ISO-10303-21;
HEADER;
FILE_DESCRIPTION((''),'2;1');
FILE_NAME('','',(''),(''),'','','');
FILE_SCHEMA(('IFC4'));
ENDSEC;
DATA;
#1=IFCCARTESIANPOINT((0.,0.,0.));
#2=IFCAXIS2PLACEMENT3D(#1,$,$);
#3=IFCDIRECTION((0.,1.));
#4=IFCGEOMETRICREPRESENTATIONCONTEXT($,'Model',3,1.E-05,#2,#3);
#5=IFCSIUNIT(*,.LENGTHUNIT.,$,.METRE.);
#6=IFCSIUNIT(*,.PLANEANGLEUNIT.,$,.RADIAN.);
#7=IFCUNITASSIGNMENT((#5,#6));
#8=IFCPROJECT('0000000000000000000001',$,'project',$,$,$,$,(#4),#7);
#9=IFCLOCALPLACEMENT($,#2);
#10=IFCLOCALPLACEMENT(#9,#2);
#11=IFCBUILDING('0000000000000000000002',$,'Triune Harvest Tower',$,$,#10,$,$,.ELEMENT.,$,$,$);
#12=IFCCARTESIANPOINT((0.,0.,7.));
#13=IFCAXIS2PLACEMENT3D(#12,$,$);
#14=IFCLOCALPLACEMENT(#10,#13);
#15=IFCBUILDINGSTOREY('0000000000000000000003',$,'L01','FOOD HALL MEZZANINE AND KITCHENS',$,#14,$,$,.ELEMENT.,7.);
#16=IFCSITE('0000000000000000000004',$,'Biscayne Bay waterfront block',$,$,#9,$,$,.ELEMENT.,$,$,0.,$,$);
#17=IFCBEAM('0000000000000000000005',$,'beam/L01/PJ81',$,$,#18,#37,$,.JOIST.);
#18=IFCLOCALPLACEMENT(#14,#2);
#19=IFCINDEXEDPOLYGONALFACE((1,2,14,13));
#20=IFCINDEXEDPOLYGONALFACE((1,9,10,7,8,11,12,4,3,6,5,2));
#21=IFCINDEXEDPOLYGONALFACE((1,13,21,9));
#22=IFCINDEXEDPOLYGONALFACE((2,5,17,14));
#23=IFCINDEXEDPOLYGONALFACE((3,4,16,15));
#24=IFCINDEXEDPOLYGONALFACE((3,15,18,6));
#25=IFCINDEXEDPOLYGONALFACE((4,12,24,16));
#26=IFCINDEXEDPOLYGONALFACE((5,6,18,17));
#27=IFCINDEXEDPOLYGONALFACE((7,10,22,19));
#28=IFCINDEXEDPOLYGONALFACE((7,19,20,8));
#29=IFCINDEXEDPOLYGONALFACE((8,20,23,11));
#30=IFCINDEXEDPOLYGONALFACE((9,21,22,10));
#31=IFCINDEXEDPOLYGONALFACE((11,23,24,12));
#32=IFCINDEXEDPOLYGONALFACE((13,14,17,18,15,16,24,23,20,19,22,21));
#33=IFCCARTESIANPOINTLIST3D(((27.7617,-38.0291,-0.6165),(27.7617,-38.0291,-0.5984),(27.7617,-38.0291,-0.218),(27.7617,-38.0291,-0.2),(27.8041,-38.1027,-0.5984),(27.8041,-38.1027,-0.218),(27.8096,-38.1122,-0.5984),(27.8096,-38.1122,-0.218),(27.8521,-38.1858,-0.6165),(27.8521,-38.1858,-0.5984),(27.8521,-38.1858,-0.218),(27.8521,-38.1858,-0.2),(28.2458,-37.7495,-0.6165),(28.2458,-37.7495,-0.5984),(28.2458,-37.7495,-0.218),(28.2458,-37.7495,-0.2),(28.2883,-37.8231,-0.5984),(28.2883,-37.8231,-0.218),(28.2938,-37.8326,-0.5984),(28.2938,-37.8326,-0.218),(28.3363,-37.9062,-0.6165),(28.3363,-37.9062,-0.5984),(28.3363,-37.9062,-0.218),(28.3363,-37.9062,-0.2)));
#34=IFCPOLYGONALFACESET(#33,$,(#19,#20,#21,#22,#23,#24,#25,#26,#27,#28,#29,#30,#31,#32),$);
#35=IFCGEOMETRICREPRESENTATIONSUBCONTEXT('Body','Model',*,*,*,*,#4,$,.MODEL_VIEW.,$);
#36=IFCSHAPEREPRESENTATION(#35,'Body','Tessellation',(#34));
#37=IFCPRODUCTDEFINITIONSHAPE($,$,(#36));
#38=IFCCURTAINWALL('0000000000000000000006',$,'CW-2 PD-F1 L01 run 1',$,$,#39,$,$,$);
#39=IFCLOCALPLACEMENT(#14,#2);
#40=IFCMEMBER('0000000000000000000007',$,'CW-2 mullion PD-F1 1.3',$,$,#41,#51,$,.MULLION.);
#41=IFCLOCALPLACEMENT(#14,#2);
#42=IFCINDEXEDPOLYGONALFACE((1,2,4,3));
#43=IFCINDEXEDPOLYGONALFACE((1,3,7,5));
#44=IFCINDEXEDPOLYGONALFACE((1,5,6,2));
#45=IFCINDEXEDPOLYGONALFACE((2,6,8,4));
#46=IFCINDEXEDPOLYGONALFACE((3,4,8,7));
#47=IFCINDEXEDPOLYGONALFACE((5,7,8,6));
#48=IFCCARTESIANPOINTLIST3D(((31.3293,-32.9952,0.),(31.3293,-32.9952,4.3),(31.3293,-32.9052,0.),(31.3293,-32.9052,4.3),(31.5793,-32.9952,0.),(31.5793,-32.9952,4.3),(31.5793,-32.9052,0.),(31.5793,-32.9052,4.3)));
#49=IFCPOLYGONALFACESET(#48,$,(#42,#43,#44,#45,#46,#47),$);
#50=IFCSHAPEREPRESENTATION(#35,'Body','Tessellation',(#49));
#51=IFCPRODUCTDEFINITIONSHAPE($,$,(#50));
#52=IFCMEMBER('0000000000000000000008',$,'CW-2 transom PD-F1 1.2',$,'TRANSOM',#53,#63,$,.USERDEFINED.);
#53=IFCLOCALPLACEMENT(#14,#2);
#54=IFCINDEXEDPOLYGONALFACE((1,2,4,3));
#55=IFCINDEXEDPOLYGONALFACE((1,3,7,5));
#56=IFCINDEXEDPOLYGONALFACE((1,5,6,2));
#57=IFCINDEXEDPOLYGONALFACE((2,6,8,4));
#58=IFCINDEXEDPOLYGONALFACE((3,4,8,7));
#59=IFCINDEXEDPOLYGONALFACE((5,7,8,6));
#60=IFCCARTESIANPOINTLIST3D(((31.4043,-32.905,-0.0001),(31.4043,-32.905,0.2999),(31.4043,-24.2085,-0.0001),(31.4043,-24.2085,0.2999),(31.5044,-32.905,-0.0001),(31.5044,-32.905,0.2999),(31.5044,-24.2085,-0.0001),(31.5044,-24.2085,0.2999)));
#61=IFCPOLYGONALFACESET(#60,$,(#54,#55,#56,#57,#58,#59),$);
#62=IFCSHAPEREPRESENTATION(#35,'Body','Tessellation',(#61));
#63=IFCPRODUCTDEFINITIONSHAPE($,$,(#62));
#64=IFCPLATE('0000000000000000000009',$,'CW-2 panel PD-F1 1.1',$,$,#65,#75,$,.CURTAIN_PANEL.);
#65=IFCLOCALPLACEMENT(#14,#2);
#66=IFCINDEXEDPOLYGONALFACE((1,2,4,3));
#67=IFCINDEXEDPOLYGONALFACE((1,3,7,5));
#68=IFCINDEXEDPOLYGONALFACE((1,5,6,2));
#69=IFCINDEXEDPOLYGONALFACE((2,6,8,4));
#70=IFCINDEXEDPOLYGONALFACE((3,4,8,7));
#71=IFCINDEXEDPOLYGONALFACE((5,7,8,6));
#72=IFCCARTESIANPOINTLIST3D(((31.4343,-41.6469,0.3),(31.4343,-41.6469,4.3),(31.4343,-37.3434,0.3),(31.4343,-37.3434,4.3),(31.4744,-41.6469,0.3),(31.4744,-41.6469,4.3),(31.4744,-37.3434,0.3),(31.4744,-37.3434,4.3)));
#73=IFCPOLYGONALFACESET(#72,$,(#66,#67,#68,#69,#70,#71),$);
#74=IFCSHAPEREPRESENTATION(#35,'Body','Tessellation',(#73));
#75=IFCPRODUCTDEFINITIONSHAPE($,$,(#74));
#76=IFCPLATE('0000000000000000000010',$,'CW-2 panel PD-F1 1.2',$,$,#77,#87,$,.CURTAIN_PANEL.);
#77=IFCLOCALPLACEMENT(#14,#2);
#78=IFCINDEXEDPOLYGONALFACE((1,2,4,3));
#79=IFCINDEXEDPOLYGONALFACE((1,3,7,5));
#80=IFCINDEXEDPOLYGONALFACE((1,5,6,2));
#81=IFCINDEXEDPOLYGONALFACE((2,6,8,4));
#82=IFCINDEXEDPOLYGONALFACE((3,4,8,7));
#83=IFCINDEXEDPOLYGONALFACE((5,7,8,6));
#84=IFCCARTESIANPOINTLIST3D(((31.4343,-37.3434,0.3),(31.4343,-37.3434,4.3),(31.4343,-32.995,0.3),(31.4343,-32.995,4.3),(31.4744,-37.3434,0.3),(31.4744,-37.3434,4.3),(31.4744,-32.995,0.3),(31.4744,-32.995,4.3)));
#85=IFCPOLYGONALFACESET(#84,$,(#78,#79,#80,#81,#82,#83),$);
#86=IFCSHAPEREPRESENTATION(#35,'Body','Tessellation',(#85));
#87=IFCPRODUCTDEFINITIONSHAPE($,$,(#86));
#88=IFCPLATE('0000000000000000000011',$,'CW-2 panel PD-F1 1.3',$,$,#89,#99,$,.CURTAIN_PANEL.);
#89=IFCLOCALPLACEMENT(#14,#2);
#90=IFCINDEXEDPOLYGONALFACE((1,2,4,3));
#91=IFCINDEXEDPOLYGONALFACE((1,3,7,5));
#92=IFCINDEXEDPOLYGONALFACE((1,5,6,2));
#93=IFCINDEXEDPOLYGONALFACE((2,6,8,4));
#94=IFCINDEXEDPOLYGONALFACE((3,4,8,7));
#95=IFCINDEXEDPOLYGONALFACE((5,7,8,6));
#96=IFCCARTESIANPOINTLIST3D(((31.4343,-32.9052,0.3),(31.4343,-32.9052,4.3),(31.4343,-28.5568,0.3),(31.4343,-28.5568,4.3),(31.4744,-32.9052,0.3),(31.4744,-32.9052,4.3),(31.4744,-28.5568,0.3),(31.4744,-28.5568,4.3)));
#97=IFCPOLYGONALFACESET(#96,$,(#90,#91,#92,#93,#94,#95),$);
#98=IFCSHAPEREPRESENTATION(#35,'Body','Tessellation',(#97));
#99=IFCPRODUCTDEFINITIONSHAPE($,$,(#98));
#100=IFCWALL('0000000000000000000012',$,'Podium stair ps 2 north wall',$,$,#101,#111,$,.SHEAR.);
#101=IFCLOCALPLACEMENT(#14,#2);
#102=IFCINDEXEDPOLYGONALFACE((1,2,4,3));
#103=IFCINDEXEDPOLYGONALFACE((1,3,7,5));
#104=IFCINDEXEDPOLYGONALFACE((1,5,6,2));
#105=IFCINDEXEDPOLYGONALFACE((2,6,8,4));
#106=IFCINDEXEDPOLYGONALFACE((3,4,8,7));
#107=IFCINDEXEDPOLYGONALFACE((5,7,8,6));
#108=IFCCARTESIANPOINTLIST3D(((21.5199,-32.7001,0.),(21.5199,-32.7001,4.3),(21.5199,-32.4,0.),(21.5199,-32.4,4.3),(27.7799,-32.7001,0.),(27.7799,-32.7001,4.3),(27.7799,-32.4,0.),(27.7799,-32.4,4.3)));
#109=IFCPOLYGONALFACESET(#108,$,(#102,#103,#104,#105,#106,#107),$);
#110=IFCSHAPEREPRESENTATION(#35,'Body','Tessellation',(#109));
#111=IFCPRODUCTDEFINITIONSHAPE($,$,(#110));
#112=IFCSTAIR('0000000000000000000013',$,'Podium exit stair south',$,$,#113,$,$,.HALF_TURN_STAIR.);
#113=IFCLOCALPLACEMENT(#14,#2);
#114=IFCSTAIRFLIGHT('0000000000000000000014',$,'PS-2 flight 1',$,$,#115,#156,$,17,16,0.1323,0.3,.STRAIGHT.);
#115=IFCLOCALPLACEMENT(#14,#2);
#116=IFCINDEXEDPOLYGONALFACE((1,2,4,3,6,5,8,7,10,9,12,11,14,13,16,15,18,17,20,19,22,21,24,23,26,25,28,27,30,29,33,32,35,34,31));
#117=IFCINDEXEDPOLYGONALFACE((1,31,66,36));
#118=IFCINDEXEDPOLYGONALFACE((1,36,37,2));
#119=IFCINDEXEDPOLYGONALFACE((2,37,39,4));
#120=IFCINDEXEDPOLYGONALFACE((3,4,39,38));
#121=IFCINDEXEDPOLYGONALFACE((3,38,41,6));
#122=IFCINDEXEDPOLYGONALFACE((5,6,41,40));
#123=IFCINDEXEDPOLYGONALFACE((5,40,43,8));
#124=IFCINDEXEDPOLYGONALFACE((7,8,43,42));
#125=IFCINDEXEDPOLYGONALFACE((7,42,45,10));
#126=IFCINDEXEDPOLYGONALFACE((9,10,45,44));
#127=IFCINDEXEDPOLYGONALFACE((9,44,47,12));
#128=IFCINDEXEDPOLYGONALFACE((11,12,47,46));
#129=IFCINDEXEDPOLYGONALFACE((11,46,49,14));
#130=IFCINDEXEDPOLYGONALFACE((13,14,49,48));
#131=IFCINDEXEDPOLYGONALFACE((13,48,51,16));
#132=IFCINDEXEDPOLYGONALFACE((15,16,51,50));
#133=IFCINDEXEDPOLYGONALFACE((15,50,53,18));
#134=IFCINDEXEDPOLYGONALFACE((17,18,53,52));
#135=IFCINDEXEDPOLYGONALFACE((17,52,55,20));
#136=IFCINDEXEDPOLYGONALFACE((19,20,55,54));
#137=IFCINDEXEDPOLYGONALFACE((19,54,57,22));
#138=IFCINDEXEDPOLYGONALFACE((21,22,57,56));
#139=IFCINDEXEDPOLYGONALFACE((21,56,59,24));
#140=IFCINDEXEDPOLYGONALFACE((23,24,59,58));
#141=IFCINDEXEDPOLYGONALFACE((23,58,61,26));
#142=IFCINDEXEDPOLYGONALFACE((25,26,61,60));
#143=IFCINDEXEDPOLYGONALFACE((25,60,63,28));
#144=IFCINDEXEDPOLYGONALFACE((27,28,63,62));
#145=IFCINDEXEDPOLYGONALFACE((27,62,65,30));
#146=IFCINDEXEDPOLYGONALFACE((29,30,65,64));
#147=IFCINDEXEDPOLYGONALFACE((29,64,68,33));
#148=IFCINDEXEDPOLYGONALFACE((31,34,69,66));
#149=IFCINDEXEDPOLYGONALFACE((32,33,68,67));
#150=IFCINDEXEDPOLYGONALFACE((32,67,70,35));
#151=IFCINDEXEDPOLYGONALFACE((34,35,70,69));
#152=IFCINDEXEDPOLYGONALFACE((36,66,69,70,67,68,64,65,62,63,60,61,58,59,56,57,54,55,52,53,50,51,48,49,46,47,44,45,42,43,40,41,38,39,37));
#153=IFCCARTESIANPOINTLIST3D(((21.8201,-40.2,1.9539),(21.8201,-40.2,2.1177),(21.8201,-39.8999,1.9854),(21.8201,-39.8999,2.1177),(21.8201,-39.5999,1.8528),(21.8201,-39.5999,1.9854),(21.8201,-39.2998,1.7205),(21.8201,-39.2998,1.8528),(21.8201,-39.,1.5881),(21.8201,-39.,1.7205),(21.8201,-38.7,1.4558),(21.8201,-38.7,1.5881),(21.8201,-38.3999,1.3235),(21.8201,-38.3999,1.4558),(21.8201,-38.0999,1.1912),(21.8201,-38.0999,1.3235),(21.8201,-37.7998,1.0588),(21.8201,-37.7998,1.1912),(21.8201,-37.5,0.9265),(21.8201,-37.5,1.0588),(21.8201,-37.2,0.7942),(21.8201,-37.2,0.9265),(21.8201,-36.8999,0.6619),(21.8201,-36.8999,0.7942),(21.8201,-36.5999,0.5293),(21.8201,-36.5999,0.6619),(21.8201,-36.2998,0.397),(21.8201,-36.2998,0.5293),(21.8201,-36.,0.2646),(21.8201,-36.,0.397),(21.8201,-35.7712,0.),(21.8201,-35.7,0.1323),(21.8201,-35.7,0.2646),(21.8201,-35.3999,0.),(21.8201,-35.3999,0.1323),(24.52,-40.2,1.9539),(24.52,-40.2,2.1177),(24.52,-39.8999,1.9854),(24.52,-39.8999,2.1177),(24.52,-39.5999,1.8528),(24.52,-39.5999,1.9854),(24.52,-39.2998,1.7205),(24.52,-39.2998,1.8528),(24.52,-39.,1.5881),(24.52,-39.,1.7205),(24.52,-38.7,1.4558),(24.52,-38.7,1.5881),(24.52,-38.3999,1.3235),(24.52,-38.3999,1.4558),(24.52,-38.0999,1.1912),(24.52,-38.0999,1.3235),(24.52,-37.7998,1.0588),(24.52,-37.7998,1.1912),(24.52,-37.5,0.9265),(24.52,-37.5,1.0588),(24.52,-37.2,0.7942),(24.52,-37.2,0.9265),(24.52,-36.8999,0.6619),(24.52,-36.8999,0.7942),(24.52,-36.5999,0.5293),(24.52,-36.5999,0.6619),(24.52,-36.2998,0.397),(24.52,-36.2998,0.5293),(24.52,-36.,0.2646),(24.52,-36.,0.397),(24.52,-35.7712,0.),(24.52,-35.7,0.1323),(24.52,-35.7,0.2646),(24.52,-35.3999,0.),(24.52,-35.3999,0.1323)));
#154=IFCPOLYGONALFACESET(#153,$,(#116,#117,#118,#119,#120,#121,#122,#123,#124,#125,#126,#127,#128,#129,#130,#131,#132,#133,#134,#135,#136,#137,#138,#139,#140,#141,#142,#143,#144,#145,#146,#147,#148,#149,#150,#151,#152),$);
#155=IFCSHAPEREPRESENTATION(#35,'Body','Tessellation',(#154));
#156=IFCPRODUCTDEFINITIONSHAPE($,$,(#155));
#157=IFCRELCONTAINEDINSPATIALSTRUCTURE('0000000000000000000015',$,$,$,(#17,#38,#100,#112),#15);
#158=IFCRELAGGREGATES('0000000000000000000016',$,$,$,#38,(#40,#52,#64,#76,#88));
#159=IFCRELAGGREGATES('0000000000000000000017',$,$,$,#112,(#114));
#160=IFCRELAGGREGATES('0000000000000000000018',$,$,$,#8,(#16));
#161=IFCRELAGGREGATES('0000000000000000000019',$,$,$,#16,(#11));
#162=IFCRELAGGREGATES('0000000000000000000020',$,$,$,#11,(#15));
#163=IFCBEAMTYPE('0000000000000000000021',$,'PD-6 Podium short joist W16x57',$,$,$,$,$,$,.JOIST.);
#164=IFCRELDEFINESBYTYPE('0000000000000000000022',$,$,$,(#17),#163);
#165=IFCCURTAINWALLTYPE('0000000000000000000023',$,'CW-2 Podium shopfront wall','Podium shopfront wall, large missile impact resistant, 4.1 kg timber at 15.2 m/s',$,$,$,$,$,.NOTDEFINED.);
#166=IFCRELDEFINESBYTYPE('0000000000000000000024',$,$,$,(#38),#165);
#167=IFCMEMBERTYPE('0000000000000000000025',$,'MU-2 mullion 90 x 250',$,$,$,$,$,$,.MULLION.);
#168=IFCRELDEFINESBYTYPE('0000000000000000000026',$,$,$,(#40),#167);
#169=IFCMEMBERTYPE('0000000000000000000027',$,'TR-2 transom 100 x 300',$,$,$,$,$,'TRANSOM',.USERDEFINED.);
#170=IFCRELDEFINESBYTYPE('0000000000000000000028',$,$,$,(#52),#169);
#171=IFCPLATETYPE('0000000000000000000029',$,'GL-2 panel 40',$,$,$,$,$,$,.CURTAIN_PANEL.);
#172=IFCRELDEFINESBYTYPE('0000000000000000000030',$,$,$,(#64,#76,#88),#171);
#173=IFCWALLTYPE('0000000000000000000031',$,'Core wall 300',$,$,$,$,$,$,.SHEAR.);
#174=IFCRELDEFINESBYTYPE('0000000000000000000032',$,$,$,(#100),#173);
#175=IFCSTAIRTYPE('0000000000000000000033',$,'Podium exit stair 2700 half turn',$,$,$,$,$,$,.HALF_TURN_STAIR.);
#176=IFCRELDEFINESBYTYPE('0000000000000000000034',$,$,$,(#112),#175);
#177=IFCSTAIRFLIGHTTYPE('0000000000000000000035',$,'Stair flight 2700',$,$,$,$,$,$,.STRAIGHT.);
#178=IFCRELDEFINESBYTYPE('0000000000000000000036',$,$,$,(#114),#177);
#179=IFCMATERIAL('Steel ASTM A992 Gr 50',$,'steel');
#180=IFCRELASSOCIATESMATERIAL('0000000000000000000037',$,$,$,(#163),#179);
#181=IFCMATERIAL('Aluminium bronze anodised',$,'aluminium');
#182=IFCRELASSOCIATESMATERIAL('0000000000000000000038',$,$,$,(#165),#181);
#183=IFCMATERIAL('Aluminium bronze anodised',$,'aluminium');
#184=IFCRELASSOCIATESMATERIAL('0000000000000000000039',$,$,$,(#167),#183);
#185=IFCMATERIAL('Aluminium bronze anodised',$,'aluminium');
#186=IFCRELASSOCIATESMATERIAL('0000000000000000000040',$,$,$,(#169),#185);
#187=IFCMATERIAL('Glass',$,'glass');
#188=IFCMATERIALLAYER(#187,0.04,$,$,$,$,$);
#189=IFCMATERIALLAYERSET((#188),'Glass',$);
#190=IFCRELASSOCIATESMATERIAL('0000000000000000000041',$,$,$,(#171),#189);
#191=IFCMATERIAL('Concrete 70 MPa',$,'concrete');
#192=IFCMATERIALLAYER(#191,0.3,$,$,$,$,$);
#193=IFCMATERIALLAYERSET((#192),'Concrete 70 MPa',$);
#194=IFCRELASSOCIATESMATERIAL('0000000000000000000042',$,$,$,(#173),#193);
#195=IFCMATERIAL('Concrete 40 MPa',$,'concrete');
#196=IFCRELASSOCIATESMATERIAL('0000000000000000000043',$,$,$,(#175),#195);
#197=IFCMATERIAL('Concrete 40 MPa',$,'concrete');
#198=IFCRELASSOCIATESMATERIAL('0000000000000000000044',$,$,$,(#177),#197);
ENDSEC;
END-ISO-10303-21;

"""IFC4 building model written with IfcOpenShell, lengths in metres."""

from ifc_helpers import new_model, si_unit, direction, frame, frame_2d, origin, origin_2d, place, context, subcontext, project, spatial, polyline, rectangle, i_section, outline, extrude, source, transform, mapped, material, layer, layer_set, material_profile, profile_set, type_object, element, aggregate, save


model = new_model("IFC4")

# Units and contexts
model_context = context("Model", 3, precision=1e-05, world=origin(), true_north=direction((0.0, 1.0)))
body_context = subcontext(model_context, "Body", "Model", "MODEL_VIEW")
ifc_project = project(units=[si_unit("LENGTHUNIT", "METRE"), si_unit("PLANEANGLEUNIT", "RADIAN")], contexts=[model_context])

# Site, building, storey
site_placement = place(None, origin())
site = spatial("IfcSite", under=ifc_project, at=site_placement, Name="Biscayne Bay waterfront block", CompositionType="ELEMENT", RefElevation=0.0)
building_placement = place(site_placement, origin())
building = spatial("IfcBuilding", under=site, at=building_placement, Name="Triune Harvest Tower", CompositionType="ELEMENT")
storey_placement = place(building_placement, frame((0.0, 0.0, 7.0)))
storey = spatial("IfcBuildingStorey", under=building, at=storey_placement, Name="L01", Description="FOOD HALL MEZZANINE AND KITCHENS", CompositionType="ELEMENT", Elevation=7.0)

# Beam
ifc_material_1 = material(Name="Steel ASTM A992 Gr 50", Category="steel")
ifc_material_profile_1 = material_profile(ifc_material_1, i_section(OverallWidth=0.1809, OverallDepth=0.4165, WebThickness=0.011, FlangeThickness=0.0181, at=origin_2d()), Name="W16x57")
ifc_profile_set_1 = profile_set([ifc_material_profile_1], Name="Steel ASTM A992 Gr 50")
beam_type_1 = type_object("IfcBeamType", Name="PD-6 Podium short joist W16x57", PredefinedType="JOIST", material=ifc_profile_set_1)
shared_shape_1 = source(origin(), body_context, "Body", "SweptSolid", [
    extrude(i_section(OverallWidth=0.1809, OverallDepth=0.4165, WebThickness=0.011, FlangeThickness=0.0181, at=origin_2d()), origin(), (0.0, 0.0, 1.0), 0.5591),
])
beam_1_placement = place(storey_placement, frame((27.8069, -38.1074, -0.4082), z_axis=(0.866004, 0.500037, 0.0), x_axis=(-0.500037, 0.866004, 0.0)))
element("IfcBeam", 1, at=beam_1_placement, inside=storey, type_object=beam_type_1, Name="beam/L01/PJ81", PredefinedType="JOIST", context=body_context, shape_type="MappedRepresentation", body=[
    mapped(shared_shape_1, transform((0.0, 0.0, 0.0), scale=1.0)),
])

# Curtain wall, members, plates
ifc_material_2 = material(Name="Aluminium bronze anodised", Category="aluminium")
curtain_wall_type = type_object("IfcCurtainWallType", Name="CW-2 Podium shopfront wall", Description="Podium shopfront wall, large missile impact resistant, 4.1 kg timber at 15.2 m/s", PredefinedType="NOTDEFINED", material=ifc_material_2)
curtain_wall_placement = place(storey_placement, origin())
curtain_wall = element("IfcCurtainWall", 2, at=curtain_wall_placement, inside=storey, type_object=curtain_wall_type, Name="CW-2 PD-F1 L01 run 1")
ifc_material_3 = material(Name="Aluminium bronze anodised", Category="aluminium")
ifc_material_profile_2 = material_profile(ifc_material_3, rectangle(XDim=0.25, YDim=0.0901, at=origin_2d()), Name="MU-2 mullion 90 x 250")
ifc_profile_set_2 = profile_set([ifc_material_profile_2], Name="Aluminium bronze anodised")
member_type_1 = type_object("IfcMemberType", Name="MU-2 mullion 90 x 250", PredefinedType="MULLION", material=ifc_profile_set_2)
shared_shape_2 = source(origin(), body_context, "Body", "SweptSolid", [
    extrude(rectangle(XDim=0.25, YDim=0.0901, at=origin_2d()), origin(), (0.0, 0.0, 1.0), 4.3),
])
member_1_placement = place(storey_placement, frame((31.4543, -32.9502, 0.0), z_axis=(0.0, 0.0, 1.0), x_axis=(-1.0, 0.0, 0.0)))
member_1 = element("IfcMember", 3, at=member_1_placement, type_object=member_type_1, Name="CW-2 mullion PD-F1 1.3", PredefinedType="MULLION", context=body_context, shape_type="MappedRepresentation", body=[
    mapped(shared_shape_2, transform((0.0, 0.0, 0.0), scale=1.0)),
])
ifc_material_4 = material(Name="Aluminium bronze anodised", Category="aluminium")
ifc_material_profile_3 = material_profile(ifc_material_4, rectangle(XDim=0.1001, YDim=0.3, at=origin_2d()), Name="TR-2 transom 100 x 300")
ifc_profile_set_3 = profile_set([ifc_material_profile_3], Name="Aluminium bronze anodised")
member_type_2 = type_object("IfcMemberType", Name="TR-2 transom 100 x 300", ElementType="TRANSOM", PredefinedType="USERDEFINED", material=ifc_profile_set_3)
shared_shape_3 = source(origin(), body_context, "Body", "SweptSolid", [
    extrude(rectangle(XDim=0.1001, YDim=0.3, at=origin_2d()), origin(), (0.0, 0.0, 1.0), 8.6965),
])
member_2_placement = place(storey_placement, frame((31.4543, -32.905, 0.1499), z_axis=(0.0, 1.0, 0.0), x_axis=(-1.0, 0.0, 0.0)))
member_2 = element("IfcMember", 4, at=member_2_placement, type_object=member_type_2, Name="CW-2 transom PD-F1 1.2", ObjectType="TRANSOM", PredefinedType="USERDEFINED", context=body_context, shape_type="MappedRepresentation", body=[
    mapped(shared_shape_3, transform((0.0, 0.0, 0.0), scale=1.0)),
])
ifc_material_5 = material(Name="Glass", Category="glass")
ifc_layer_1 = layer(ifc_material_5, 0.04)
ifc_layer_set_1 = layer_set([ifc_layer_1], Name="Glass")
plate_type = type_object("IfcPlateType", Name="GL-2 panel 40", PredefinedType="CURTAIN_PANEL", material=ifc_layer_set_1)
shared_shape_4 = source(origin(), body_context, "Body", "SweptSolid", [
    extrude(rectangle(XDim=4.3035, YDim=0.04, at=origin_2d()), origin(), (0.0, 0.0, 1.0), 4.0),
])
plate_1_placement = place(storey_placement, frame((31.4543, -39.4951, 0.3), z_axis=(0.0, 0.0, 1.0), x_axis=(0.0, 1.0, 0.0)))
plate_1 = element("IfcPlate", 5, at=plate_1_placement, type_object=plate_type, Name="CW-2 panel PD-F1 1.1", PredefinedType="CURTAIN_PANEL", context=body_context, shape_type="MappedRepresentation", body=[
    mapped(shared_shape_4, transform((0.0, 0.0, 0.0), scale=1.0)),
])
shared_shape_5 = source(origin(), body_context, "Body", "SweptSolid", [
    extrude(rectangle(XDim=4.3484, YDim=0.04, at=origin_2d()), origin(), (0.0, 0.0, 1.0), 4.0),
])
plate_2_placement = place(storey_placement, frame((31.4543, -35.1692, 0.3), z_axis=(0.0, 0.0, 1.0), x_axis=(0.0, 1.0, 0.0)))
plate_2 = element("IfcPlate", 6, at=plate_2_placement, type_object=plate_type, Name="CW-2 panel PD-F1 1.2", PredefinedType="CURTAIN_PANEL", context=body_context, shape_type="MappedRepresentation", body=[
    mapped(shared_shape_5, transform((0.0, 0.0, 0.0), scale=1.0)),
])
plate_3_placement = place(storey_placement, frame((31.4543, -30.731, 0.3), z_axis=(0.0, 0.0, 1.0), x_axis=(0.0, 1.0, 0.0)))
plate_3 = element("IfcPlate", 7, at=plate_3_placement, type_object=plate_type, Name="CW-2 panel PD-F1 1.3", PredefinedType="CURTAIN_PANEL", context=body_context, shape_type="MappedRepresentation", body=[
    mapped(shared_shape_5, transform((0.0, 0.0, 0.0), scale=1.0)),
])
aggregate(curtain_wall, [member_1, member_2, plate_1, plate_2, plate_3])

# Wall
ifc_material_6 = material(Name="Concrete 70 MPa", Category="concrete")
ifc_layer_2 = layer(ifc_material_6, 0.3)
ifc_layer_set_2 = layer_set([ifc_layer_2], Name="Concrete 70 MPa")
wall_type = type_object("IfcWallType", Name="Core wall 300", PredefinedType="SHEAR", material=ifc_layer_set_2)
shared_shape_6 = source(origin(), body_context, "Body", "SweptSolid", [
    extrude(rectangle(XDim=6.26, YDim=0.3, at=frame_2d((3.1299, 0.0))), origin(), (0.0, 0.0, 1.0), 4.3),
])
wall_placement = place(storey_placement, frame((21.52, -32.55, 0.0), z_axis=(0.0, 0.0, 1.0), x_axis=(1.0, 0.0, 0.0)))
element("IfcWall", 8, at=wall_placement, inside=storey, type_object=wall_type, Name="Podium stair ps 2 north wall", PredefinedType="SHEAR", context=body_context, shape_type="MappedRepresentation", body=[
    mapped(shared_shape_6, transform((0.0, 0.0, 0.0), scale=1.0)),
])

# Stair, stair flight
ifc_material_7 = material(Name="Concrete 40 MPa", Category="concrete")
stair_type = type_object("IfcStairType", Name="Podium exit stair 2700 half turn", PredefinedType="HALF_TURN_STAIR", material=ifc_material_7)
stair_placement = place(storey_placement, origin())
stair = element("IfcStair", 9, at=stair_placement, inside=storey, type_object=stair_type, Name="Podium exit stair south", PredefinedType="HALF_TURN_STAIR")
ifc_material_8 = material(Name="Concrete 40 MPa", Category="concrete")
stair_flight_type = type_object("IfcStairFlightType", Name="Stair flight 2700", PredefinedType="STRAIGHT", material=ifc_material_8)
shared_shape_7 = source(origin(), body_context, "Body", "SweptSolid", [
    extrude(outline(polyline([(0.0, 0.0), (0.0, 0.1323), (0.3, 0.1323), (0.3, 0.2646), (0.6001, 0.2646), (0.6001, 0.397), (0.8999, 0.397), (0.8999, 0.5293), (1.2, 0.5293), (1.2, 0.6619), (1.5, 0.6619), (1.5, 0.7942), (1.8, 0.7942), (1.8, 0.9265), (2.1001, 0.9265), (2.1001, 1.0588), (2.3999, 1.0588), (2.3999, 1.1912), (2.7, 1.1912), (2.7, 1.3235), (3.0, 1.3235), (3.0, 1.4558), (3.3, 1.4558), (3.3, 1.5881), (3.6001, 1.5881), (3.6001, 1.7205), (3.8999, 1.7205), (3.8999, 1.8528), (4.2, 1.8528), (4.2, 1.9854), (4.5, 1.9854), (4.5, 2.1177), (4.8, 2.1177), (4.8, 2.25), (4.8, 1.9539), (0.3713, 0.0), (0.0, 0.0)])), frame((0.0, 1.3501, 0.0), z_axis=(0.0, -1.0, 0.0), x_axis=(1.0, 0.0, 0.0)), (0.0, 0.0, 1.0), 2.7),
])
stair_flight_1_placement = place(storey_placement, frame((23.1699, -35.3999, 0.0), z_axis=(0.0, 0.0, 1.0), x_axis=(0.0, -1.0, 0.0)))
stair_flight_1 = element("IfcStairFlight", 10, at=stair_flight_1_placement, type_object=stair_flight_type, Name="PS-2 flight 1", NumberOfRisers=17, NumberOfTreads=16, PredefinedType="STRAIGHT", RiserHeight=0.1323, TreadLength=0.3, context=body_context, shape_type="MappedRepresentation", body=[
    mapped(shared_shape_7, transform((0.0, 0.0, 0.0), scale=1.0)),
])
aggregate(stair, [stair_flight_1])

save(model, "model.ifc")
